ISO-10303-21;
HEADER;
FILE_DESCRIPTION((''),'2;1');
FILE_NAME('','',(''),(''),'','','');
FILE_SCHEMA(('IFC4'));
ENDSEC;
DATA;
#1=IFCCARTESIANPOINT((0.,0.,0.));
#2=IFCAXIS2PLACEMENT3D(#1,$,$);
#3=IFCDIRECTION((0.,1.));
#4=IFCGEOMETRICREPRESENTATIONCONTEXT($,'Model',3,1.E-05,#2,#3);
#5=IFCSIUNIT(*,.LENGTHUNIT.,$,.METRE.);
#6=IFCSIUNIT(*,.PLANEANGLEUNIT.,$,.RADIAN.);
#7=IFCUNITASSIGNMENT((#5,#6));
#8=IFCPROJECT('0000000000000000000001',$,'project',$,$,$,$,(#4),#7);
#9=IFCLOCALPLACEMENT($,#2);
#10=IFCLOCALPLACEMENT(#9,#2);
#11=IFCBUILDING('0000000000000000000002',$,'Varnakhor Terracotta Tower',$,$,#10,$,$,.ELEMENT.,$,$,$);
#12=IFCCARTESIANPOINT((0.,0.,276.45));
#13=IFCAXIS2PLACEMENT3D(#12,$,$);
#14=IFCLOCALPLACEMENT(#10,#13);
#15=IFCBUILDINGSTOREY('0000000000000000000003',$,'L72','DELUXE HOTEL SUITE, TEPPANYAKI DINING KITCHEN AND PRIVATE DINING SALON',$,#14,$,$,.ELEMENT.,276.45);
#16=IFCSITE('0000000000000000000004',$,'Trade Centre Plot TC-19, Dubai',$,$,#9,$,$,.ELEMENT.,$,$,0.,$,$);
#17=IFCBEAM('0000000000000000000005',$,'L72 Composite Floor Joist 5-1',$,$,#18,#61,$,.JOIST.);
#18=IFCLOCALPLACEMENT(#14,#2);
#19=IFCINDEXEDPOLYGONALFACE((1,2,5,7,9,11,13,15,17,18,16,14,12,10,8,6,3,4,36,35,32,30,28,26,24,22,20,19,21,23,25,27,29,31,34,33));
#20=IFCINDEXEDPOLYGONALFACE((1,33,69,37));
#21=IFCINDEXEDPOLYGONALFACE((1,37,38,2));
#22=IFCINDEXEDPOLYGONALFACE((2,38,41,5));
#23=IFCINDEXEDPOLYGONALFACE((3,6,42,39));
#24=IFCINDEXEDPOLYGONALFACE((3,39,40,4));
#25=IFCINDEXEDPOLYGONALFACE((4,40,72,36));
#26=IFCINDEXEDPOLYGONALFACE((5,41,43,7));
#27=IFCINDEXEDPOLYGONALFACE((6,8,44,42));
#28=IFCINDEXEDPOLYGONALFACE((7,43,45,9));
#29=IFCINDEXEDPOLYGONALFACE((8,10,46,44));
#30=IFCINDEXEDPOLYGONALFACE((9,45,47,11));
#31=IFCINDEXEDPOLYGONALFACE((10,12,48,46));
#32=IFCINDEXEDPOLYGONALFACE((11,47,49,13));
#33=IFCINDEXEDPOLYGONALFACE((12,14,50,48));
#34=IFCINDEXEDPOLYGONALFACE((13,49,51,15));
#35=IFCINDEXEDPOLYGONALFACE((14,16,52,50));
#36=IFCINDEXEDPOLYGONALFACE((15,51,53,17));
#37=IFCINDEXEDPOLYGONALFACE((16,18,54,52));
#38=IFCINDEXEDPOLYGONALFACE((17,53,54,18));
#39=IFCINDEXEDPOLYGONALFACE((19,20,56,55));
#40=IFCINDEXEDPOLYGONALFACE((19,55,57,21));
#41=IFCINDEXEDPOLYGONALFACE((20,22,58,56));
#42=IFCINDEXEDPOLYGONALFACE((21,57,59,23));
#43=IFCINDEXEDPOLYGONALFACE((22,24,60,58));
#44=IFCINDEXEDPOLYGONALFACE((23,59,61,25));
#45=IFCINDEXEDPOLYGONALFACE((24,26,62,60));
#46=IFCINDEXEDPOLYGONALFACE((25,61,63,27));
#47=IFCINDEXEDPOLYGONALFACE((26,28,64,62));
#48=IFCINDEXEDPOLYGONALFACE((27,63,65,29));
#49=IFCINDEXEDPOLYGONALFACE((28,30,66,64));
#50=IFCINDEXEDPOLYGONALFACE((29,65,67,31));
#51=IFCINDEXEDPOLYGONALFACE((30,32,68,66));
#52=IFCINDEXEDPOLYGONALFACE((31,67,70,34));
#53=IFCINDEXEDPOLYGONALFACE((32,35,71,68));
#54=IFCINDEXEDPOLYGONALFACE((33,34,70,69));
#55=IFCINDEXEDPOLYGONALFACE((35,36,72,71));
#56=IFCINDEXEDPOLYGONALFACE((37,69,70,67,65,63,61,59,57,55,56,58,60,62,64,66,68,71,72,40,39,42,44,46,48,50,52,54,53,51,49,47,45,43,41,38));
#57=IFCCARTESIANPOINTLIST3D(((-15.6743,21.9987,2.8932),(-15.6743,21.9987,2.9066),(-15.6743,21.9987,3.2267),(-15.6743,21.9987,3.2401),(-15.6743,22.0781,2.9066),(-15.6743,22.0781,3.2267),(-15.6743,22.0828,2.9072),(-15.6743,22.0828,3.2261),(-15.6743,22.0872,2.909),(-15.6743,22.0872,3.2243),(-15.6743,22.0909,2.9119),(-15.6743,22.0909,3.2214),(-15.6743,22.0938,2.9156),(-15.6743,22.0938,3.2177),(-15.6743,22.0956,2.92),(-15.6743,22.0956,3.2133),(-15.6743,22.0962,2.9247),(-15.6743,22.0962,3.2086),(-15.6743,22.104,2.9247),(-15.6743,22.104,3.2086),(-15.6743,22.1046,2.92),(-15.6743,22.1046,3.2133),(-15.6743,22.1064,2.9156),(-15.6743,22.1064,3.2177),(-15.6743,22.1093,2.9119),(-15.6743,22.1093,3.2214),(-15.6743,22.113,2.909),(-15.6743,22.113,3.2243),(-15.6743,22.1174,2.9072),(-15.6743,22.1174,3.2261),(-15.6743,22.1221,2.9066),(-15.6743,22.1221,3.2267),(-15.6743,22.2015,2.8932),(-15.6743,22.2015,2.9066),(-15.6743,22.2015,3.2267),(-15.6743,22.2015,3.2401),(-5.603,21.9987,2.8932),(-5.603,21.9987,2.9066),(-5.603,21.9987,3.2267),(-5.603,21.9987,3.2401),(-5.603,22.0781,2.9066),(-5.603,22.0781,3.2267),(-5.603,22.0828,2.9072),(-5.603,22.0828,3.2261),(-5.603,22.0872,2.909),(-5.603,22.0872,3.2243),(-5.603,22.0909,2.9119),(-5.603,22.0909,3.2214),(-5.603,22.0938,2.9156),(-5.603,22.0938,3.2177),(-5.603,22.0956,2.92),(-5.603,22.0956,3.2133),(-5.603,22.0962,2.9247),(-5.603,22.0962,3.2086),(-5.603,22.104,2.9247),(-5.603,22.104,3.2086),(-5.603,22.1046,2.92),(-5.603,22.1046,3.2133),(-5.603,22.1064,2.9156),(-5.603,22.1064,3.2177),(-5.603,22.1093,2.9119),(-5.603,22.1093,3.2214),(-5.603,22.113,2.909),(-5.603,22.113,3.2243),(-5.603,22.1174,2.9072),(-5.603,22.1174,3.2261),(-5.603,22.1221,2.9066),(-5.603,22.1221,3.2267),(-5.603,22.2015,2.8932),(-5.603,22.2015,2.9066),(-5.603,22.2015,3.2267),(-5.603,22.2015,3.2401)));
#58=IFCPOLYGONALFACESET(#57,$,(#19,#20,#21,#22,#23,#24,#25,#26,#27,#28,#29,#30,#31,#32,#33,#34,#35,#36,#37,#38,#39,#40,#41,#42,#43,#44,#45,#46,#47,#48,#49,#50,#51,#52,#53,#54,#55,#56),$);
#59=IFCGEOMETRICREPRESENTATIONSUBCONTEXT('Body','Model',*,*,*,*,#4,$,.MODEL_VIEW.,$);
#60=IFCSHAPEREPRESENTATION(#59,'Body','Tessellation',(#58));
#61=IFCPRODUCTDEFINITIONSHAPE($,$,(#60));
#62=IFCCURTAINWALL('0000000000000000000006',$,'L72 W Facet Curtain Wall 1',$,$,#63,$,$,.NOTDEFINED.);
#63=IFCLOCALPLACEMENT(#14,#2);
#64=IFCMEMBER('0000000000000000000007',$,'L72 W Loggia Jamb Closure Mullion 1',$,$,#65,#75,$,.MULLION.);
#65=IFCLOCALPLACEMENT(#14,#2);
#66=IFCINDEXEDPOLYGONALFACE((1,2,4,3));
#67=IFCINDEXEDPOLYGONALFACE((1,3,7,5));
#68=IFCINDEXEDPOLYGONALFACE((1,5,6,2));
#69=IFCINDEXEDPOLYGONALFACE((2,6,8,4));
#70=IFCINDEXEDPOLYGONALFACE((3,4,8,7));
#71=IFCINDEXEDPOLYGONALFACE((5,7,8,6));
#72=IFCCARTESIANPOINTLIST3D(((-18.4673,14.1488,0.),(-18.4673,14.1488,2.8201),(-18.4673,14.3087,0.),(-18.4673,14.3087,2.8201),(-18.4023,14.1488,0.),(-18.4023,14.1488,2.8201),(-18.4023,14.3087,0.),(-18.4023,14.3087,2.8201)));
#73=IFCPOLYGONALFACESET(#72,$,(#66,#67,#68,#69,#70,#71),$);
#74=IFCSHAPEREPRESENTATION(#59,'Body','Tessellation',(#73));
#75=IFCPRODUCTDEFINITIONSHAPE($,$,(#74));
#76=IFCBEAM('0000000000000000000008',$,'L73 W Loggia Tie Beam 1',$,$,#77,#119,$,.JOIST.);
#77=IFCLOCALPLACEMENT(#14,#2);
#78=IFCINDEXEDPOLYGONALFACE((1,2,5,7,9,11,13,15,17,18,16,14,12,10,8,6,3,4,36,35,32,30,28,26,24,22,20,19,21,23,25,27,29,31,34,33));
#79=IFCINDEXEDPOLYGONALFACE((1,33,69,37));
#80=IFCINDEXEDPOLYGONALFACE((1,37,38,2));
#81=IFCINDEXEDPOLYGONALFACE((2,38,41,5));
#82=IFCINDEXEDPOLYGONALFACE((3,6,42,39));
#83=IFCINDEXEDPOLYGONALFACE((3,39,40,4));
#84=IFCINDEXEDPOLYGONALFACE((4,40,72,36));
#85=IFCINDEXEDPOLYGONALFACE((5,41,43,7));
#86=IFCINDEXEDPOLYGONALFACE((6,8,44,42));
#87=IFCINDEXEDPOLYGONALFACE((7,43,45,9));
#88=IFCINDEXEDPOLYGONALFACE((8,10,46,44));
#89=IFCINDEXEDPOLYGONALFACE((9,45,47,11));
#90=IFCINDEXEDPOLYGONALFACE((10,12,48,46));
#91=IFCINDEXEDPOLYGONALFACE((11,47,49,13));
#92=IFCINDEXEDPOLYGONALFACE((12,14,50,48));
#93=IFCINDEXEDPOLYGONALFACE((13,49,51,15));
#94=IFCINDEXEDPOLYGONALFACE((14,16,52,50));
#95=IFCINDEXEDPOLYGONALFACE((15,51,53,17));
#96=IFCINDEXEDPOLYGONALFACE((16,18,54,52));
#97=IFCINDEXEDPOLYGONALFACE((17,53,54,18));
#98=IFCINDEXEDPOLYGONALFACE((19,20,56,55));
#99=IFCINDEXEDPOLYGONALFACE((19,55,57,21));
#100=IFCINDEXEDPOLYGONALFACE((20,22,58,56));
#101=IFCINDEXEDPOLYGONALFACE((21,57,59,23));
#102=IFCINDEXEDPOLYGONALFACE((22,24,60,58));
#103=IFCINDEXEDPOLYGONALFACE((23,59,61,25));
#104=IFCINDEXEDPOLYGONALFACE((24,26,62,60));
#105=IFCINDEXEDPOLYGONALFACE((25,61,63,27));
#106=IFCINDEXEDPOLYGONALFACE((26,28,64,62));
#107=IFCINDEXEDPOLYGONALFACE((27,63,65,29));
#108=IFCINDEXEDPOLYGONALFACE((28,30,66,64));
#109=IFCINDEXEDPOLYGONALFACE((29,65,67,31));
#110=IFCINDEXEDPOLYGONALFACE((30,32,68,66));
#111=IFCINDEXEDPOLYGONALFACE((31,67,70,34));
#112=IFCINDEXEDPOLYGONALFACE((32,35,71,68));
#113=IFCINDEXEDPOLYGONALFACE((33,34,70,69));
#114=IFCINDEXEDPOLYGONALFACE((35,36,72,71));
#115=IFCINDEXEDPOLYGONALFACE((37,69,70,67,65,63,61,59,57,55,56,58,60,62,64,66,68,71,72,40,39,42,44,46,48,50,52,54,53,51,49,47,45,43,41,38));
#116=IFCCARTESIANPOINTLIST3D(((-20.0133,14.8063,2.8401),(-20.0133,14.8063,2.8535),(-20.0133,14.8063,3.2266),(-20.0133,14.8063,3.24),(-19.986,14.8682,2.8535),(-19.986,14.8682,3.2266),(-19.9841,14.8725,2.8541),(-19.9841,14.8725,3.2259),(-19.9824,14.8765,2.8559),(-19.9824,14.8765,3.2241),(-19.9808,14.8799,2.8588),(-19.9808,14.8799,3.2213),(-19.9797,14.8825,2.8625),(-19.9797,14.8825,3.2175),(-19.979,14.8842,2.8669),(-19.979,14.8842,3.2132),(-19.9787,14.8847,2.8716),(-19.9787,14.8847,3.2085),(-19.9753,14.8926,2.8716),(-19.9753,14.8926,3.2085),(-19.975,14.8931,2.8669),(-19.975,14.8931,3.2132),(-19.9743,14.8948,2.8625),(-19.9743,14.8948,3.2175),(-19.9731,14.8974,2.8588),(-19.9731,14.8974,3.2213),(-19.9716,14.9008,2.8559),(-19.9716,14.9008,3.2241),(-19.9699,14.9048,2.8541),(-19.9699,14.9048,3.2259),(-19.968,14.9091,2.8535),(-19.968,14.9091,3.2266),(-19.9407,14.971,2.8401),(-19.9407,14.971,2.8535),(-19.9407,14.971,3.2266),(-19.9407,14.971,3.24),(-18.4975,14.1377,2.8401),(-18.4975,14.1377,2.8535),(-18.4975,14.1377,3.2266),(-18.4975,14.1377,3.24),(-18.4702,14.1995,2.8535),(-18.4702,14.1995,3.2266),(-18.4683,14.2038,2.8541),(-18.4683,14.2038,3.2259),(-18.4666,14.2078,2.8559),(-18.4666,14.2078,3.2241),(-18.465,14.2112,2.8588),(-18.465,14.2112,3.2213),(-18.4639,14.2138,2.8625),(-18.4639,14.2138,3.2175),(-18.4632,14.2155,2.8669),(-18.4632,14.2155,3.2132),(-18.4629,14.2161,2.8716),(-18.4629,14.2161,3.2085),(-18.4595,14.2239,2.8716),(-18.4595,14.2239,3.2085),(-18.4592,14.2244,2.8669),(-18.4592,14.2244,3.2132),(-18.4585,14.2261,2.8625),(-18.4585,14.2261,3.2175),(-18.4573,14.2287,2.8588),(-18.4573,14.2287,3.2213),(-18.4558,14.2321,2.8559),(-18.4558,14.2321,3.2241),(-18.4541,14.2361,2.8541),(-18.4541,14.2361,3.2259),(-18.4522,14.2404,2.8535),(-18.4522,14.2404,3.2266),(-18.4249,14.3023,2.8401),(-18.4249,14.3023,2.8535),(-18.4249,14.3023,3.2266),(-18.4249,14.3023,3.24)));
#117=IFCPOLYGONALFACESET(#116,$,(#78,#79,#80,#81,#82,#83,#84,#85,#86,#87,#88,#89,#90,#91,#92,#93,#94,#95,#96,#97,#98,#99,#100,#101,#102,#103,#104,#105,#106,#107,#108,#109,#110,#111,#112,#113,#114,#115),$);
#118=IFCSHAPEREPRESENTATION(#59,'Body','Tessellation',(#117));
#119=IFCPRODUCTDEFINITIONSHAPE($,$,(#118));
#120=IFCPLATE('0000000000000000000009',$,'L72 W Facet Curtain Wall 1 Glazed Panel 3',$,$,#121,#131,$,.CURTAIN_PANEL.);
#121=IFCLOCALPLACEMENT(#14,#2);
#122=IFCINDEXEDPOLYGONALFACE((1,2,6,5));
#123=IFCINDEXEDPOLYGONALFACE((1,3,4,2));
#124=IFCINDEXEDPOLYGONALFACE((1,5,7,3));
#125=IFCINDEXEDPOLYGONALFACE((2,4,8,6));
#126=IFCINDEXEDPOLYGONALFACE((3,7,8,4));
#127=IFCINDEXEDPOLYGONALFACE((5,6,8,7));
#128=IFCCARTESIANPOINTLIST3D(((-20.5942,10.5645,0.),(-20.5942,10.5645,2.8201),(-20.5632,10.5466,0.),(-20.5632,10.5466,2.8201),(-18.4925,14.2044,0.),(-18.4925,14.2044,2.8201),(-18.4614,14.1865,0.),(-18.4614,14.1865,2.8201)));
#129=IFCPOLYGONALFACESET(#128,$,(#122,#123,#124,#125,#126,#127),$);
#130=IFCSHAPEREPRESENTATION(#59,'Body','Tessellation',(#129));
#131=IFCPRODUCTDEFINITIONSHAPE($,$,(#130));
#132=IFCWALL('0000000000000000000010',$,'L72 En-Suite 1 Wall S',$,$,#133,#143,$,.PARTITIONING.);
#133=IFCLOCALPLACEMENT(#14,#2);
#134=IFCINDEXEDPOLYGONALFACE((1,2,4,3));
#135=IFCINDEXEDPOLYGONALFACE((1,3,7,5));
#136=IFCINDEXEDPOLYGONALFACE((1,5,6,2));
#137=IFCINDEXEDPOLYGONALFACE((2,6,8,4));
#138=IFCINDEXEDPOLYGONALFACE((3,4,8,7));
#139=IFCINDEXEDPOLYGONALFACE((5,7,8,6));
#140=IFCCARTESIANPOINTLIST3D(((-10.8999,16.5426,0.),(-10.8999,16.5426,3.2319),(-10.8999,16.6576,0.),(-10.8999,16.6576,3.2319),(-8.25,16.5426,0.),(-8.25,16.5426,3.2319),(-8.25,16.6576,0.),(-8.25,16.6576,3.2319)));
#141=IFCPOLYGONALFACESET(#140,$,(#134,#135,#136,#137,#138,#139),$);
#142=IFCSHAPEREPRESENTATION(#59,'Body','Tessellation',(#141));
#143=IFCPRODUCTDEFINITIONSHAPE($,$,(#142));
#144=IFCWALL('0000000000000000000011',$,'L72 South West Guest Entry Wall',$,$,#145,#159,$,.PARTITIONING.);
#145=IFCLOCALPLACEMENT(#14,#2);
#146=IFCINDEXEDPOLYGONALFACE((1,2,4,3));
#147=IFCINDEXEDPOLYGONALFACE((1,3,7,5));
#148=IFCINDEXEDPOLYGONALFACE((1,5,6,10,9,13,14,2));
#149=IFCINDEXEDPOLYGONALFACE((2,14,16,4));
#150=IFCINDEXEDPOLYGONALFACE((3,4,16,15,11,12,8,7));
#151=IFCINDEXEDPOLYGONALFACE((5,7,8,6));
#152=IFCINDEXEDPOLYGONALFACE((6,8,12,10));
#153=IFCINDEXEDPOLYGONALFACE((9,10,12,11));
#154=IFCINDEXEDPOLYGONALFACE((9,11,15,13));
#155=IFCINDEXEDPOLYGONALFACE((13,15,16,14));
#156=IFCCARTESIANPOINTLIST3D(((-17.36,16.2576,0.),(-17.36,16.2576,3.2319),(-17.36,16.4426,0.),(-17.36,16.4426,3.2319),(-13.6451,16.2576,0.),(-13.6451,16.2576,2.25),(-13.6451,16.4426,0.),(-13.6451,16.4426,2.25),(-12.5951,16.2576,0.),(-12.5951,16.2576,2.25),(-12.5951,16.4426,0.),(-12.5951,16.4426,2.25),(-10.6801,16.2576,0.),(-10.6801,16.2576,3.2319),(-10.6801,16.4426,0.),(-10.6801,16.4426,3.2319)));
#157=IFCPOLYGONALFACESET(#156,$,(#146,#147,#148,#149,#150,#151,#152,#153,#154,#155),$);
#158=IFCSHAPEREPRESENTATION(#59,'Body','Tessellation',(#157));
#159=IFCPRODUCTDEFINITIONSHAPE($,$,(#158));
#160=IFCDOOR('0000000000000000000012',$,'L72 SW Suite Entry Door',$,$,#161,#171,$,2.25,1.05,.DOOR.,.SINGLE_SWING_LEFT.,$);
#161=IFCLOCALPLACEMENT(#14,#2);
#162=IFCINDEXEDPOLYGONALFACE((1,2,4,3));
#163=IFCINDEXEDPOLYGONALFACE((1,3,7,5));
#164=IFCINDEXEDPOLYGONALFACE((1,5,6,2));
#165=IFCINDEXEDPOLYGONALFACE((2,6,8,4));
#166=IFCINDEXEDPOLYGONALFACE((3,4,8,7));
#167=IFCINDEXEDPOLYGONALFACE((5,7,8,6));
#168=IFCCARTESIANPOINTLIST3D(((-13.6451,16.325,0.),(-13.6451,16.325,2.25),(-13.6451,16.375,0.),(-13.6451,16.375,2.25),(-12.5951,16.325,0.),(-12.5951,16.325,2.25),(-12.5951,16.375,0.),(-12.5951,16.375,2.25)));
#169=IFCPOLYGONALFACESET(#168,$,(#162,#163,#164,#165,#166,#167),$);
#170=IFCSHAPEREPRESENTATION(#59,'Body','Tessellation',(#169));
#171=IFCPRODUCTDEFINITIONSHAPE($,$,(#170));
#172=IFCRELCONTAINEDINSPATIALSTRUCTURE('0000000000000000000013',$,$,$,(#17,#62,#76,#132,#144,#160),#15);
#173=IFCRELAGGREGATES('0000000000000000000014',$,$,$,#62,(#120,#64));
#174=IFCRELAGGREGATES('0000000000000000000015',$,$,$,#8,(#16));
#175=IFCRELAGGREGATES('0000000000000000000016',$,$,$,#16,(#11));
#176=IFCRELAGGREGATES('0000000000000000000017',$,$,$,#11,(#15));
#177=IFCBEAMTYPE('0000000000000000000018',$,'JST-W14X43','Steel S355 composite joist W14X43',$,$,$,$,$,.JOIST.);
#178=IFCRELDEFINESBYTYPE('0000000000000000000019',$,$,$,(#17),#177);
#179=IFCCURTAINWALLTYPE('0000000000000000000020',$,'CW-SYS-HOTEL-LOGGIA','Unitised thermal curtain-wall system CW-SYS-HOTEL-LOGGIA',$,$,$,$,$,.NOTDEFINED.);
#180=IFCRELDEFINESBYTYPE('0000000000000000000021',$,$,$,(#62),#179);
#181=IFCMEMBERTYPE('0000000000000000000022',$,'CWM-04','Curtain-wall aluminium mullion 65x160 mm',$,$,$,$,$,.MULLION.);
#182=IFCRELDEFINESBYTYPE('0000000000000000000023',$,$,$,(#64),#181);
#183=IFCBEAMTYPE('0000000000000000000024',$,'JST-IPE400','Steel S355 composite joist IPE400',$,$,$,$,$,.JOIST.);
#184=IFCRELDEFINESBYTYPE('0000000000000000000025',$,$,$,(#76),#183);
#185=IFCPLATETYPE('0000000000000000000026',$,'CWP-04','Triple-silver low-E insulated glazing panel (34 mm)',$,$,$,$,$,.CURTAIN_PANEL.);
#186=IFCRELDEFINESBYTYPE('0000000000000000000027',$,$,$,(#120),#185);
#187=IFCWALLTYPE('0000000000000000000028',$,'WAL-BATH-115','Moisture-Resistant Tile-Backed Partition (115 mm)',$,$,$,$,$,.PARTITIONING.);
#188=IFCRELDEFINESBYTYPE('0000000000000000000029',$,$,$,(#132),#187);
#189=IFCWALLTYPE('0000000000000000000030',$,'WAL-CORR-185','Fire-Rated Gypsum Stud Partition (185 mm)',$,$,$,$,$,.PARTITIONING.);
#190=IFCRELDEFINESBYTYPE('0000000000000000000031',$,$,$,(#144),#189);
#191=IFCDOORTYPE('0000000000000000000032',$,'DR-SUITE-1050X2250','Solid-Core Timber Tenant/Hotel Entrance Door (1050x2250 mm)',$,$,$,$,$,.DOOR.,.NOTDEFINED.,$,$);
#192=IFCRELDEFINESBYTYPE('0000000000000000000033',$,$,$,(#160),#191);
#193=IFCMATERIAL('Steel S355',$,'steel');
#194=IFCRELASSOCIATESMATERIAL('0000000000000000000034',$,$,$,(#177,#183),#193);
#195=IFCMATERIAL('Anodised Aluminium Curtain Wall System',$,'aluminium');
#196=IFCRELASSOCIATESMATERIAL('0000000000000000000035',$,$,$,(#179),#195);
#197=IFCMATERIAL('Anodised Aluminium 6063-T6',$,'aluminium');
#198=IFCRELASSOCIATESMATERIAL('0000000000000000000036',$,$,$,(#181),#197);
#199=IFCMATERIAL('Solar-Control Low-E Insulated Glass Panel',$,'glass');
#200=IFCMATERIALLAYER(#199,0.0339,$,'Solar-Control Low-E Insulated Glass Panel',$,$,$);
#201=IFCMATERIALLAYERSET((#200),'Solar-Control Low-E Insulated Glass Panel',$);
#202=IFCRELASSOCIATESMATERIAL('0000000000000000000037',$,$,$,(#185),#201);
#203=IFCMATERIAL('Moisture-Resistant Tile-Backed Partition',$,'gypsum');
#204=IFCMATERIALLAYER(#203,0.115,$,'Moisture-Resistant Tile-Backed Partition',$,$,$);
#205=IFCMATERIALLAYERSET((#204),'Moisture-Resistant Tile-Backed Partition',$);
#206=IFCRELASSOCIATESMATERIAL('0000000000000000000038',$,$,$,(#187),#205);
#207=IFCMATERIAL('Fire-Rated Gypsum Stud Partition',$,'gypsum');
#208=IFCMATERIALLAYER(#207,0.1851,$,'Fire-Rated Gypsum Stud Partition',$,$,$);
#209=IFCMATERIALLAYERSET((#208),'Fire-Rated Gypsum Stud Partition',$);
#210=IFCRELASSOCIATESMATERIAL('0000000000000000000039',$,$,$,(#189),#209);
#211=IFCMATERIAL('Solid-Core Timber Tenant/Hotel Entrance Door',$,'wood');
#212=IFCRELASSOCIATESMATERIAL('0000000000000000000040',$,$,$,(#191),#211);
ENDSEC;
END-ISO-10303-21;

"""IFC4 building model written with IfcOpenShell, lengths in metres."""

from ifc_helpers import new_model, si_unit, direction, frame, frame_2d, origin, origin_2d, place, context, subcontext, project, spatial, rectangle, i_section, extrude, source, transform, mapped, material, layer, layer_set, material_profile, profile_set, type_object, type_shapes, element, fill, aggregate, save


model = new_model("IFC4")

# Units and contexts
model_context = context("Model", 3, precision=1e-05, world=origin(), true_north=direction((0.0, 1.0)))
body_context = subcontext(model_context, "Body", "Model", "MODEL_VIEW")
ifc_project = project(units=[si_unit("LENGTHUNIT", "METRE"), si_unit("PLANEANGLEUNIT", "RADIAN")], contexts=[model_context])

# Site, building, storey
site_placement = place(None, origin())
site = spatial("IfcSite", under=ifc_project, at=site_placement, Name="Trade Centre Plot TC-19, Dubai", CompositionType="ELEMENT", RefElevation=0.0)
building_placement = place(site_placement, origin())
building = spatial("IfcBuilding", under=site, at=building_placement, Name="Varnakhor Terracotta Tower", CompositionType="ELEMENT")
storey_placement = place(building_placement, frame((0.0, 0.0, 276.45)))
storey = spatial("IfcBuildingStorey", under=building, at=storey_placement, Name="L72", Description="DELUXE HOTEL SUITE, TEPPANYAKI DINING KITCHEN AND PRIVATE DINING SALON", CompositionType="ELEMENT", Elevation=276.45)

# Beam
ifc_material_1 = material(Name="Steel S355", Category="steel")
ifc_material_profile_1 = material_profile(ifc_material_1, i_section(OverallWidth=0.2029, OverallDepth=0.3469, WebThickness=0.0078, FlangeThickness=0.0134, FilletRadius=0.0181, at=origin_2d()), Name="W14X43")
ifc_profile_set_1 = profile_set([ifc_material_profile_1], Name="Steel S355")
beam_type_1 = type_object("IfcBeamType", Name="JST-W14X43", Description="Steel S355 composite joist W14X43", PredefinedType="JOIST", material=ifc_profile_set_1)
shared_shape_1 = source(origin(), body_context, "Body", "SweptSolid", [
    extrude(i_section(OverallWidth=0.2029, OverallDepth=0.3469, WebThickness=0.0078, FlangeThickness=0.0134, FilletRadius=0.0181, at=origin_2d()), origin(), (0.0, 0.0, 1.0), 10.0713),
])
beam_1_placement = place(storey_placement, frame((-15.6743, 22.1001, 3.0667), z_axis=(1.0, 0.0, 0.0), x_axis=(0.0, 1.0, 0.0)))
element("IfcBeam", 1, at=beam_1_placement, inside=storey, type_object=beam_type_1, Name="L72 Composite Floor Joist 5-1", PredefinedType="JOIST", context=body_context, shape_type="MappedRepresentation", body=[
    mapped(shared_shape_1, transform((0.0, 0.0, 0.0), scale=1.0)),
])

# Curtain wall, member
ifc_material_2 = material(Name="Anodised Aluminium Curtain Wall System", Category="aluminium")
curtain_wall_type = type_object("IfcCurtainWallType", Name="CW-SYS-HOTEL-LOGGIA", Description="Unitised thermal curtain-wall system CW-SYS-HOTEL-LOGGIA", PredefinedType="NOTDEFINED", material=ifc_material_2)
curtain_wall_placement = place(storey_placement, origin())
curtain_wall = element("IfcCurtainWall", 2, at=curtain_wall_placement, inside=storey, type_object=curtain_wall_type, Name="L72 W Facet Curtain Wall 1", PredefinedType="NOTDEFINED")
ifc_material_3 = material(Name="Anodised Aluminium 6063-T6", Category="aluminium")
ifc_material_profile_2 = material_profile(ifc_material_3, rectangle(XDim=0.0649, YDim=0.1599, at=origin_2d()), Name="ALU MULLION 65x160")
ifc_profile_set_2 = profile_set([ifc_material_profile_2], Name="Anodised Aluminium 6063-T6")
member_type = type_object("IfcMemberType", Name="CWM-04", Description="Curtain-wall aluminium mullion 65x160 mm", PredefinedType="MULLION", material=ifc_profile_set_2)
shared_shape_2 = source(origin(), body_context, "Body", "SweptSolid", [
    extrude(rectangle(XDim=0.0649, YDim=0.1599, at=origin_2d()), origin(), (0.0, 0.0, 1.0), 2.8201),
])
type_shapes(member_type, [shared_shape_2])
member_placement = place(storey_placement, frame((-18.4348, 14.2288, 0.0), z_axis=(0.0, 0.0, 1.0), x_axis=(1.0, 0.0, 0.0)))
member = element("IfcMember", 3, at=member_placement, type_object=member_type, Name="L72 W Loggia Jamb Closure Mullion 1", PredefinedType="MULLION", context=body_context, shape_type="MappedRepresentation", body=[
    mapped(shared_shape_2, transform((0.0, 0.0, 0.0), scale=1.0)),
])

# Beam
ifc_material_profile_3 = material_profile(ifc_material_1, i_section(OverallWidth=0.1799, OverallDepth=0.3999, WebThickness=0.0085, FlangeThickness=0.0134, FilletRadius=0.0181, at=origin_2d()), Name="IPE400")
ifc_profile_set_3 = profile_set([ifc_material_profile_3], Name="Steel S355")
beam_type_2 = type_object("IfcBeamType", Name="JST-IPE400", Description="Steel S355 composite joist IPE400", PredefinedType="JOIST", material=ifc_profile_set_3)
shared_shape_3 = source(origin(), body_context, "Body", "SweptSolid", [
    extrude(i_section(OverallWidth=0.1799, OverallDepth=0.3999, WebThickness=0.0085, FlangeThickness=0.0134, FilletRadius=0.0181, at=origin_2d()), origin(), (0.0, 0.0, 1.0), 1.6567),
])
beam_2_placement = place(storey_placement, frame((-18.4612, 14.22, 3.04), z_axis=(-0.914932, 0.403608, 0.0), x_axis=(-0.403608, -0.914932, 0.0)))
element("IfcBeam", 4, at=beam_2_placement, inside=storey, type_object=beam_type_2, Name="L73 W Loggia Tie Beam 1", PredefinedType="JOIST", context=body_context, shape_type="MappedRepresentation", body=[
    mapped(shared_shape_3, transform((0.0, 0.0, 0.0), scale=1.0)),
])

# Plate
ifc_material_4 = material(Name="Solar-Control Low-E Insulated Glass Panel", Category="glass")
ifc_layer_1 = layer(ifc_material_4, 0.0339, Name="Solar-Control Low-E Insulated Glass Panel")
ifc_layer_set_1 = layer_set([ifc_layer_1], Name="Solar-Control Low-E Insulated Glass Panel")
plate_type = type_object("IfcPlateType", Name="CWP-04", Description="Triple-silver low-E insulated glazing panel (34 mm)", PredefinedType="CURTAIN_PANEL", material=ifc_layer_set_1)
shared_shape_4 = source(origin(), body_context, "Body", "SweptSolid", [
    extrude(rectangle(XDim=4.2031, YDim=0.0359, at=origin_2d()), origin(), (0.0, 0.0, 1.0), 2.8201),
])
plate_placement = place(storey_placement, frame((-19.5278, 12.3755, 0.0), z_axis=(0.0, 0.0, 1.0), x_axis=(0.500045, 0.865999, 0.0)))
plate = element("IfcPlate", 5, at=plate_placement, type_object=plate_type, Name="L72 W Facet Curtain Wall 1 Glazed Panel 3", PredefinedType="CURTAIN_PANEL", context=body_context, shape_type="MappedRepresentation", body=[
    mapped(shared_shape_4, transform((0.0, 0.0, 0.0), scale=1.0)),
])
aggregate(curtain_wall, [plate, member])

# Wall
ifc_material_5 = material(Name="Moisture-Resistant Tile-Backed Partition", Category="gypsum")
ifc_layer_2 = layer(ifc_material_5, 0.115, Name="Moisture-Resistant Tile-Backed Partition")
ifc_layer_set_2 = layer_set([ifc_layer_2], Name="Moisture-Resistant Tile-Backed Partition")
wall_type_1 = type_object("IfcWallType", Name="WAL-BATH-115", Description="Moisture-Resistant Tile-Backed Partition (115 mm)", PredefinedType="PARTITIONING", material=ifc_layer_set_2)
wall_1_placement = place(storey_placement, frame((-10.8999, 16.6001, 0.0), z_axis=(0.0, 0.0, 1.0), x_axis=(1.0, 0.0, 0.0)))
element("IfcWall", 6, at=wall_1_placement, inside=storey, type_object=wall_type_1, Name="L72 En-Suite 1 Wall S", PredefinedType="PARTITIONING", context=body_context, shape_type="SweptSolid", body=[
    extrude(rectangle(XDim=2.6499, YDim=0.115, at=frame_2d((1.325, 0.0))), origin(), (0.0, 0.0, 1.0), 3.2319),
])

# Wall, opening, door
ifc_material_6 = material(Name="Fire-Rated Gypsum Stud Partition", Category="gypsum")
ifc_layer_3 = layer(ifc_material_6, 0.1851, Name="Fire-Rated Gypsum Stud Partition")
ifc_layer_set_3 = layer_set([ifc_layer_3], Name="Fire-Rated Gypsum Stud Partition")
wall_type_2 = type_object("IfcWallType", Name="WAL-CORR-185", Description="Fire-Rated Gypsum Stud Partition (185 mm)", PredefinedType="PARTITIONING", material=ifc_layer_set_3)
wall_2_placement = place(storey_placement, frame((-17.3599, 16.3501, 0.0), z_axis=(0.0, 0.0, 1.0), x_axis=(1.0, 0.0, 0.0)))
wall_2 = element("IfcWall", 7, at=wall_2_placement, inside=storey, type_object=wall_type_2, Name="L72 South West Guest Entry Wall", PredefinedType="PARTITIONING", context=body_context, shape_type="SweptSolid", body=[
    extrude(rectangle(XDim=6.6799, YDim=0.1851, at=frame_2d((3.3398, 0.0))), origin(), (0.0, 0.0, 1.0), 3.2319),
])
opening_1_placement = place(wall_2_placement, frame((3.7148, 0.0, 0.0)))
opening_1 = element("IfcOpeningElement", 8, at=opening_1_placement, cuts=wall_2, PredefinedType="OPENING", context=body_context, shape_type="SweptSolid", body=[
    extrude(rectangle(XDim=1.05, YDim=2.25, at=frame_2d((0.5249, 1.125))), frame((0.0, 0.1025, 0.0), z_axis=(0.0, -1.0, 0.0), x_axis=(1.0, 0.0, 0.0)), (0.0, 0.0, 1.0), 0.2051),
])
ifc_material_7 = material(Name="Solid-Core Timber Tenant/Hotel Entrance Door", Category="wood")
door_type_1 = type_object("IfcDoorType", Name="DR-SUITE-1050X2250", Description="Solid-Core Timber Tenant/Hotel Entrance Door (1050x2250 mm)", OperationType="NOTDEFINED", PredefinedType="DOOR", material=ifc_material_7)
shared_shape_5 = source(origin(), body_context, "Body", "SweptSolid", [
    extrude(rectangle(XDim=1.05, YDim=2.25, at=frame_2d((0.5249, 1.125))), frame((0.0, 0.0249, 0.0), z_axis=(0.0, -1.0, 0.0), x_axis=(1.0, 0.0, 0.0)), (0.0, 0.0, 1.0), 0.05),
])
type_shapes(door_type_1, [shared_shape_5])
door_1_placement = place(opening_1_placement, origin())
door_1 = element("IfcDoor", 9, at=door_1_placement, inside=storey, type_object=door_type_1, Name="L72 SW Suite Entry Door", OperationType="SINGLE_SWING_LEFT", OverallHeight=2.25, OverallWidth=1.05, PredefinedType="DOOR", context=body_context, shape_type="MappedRepresentation", body=[
    mapped(shared_shape_5, transform((0.0, 0.0, 0.0), scale=1.0)),
])
fill(opening_1, door_1)

save(model, "model.ifc")
